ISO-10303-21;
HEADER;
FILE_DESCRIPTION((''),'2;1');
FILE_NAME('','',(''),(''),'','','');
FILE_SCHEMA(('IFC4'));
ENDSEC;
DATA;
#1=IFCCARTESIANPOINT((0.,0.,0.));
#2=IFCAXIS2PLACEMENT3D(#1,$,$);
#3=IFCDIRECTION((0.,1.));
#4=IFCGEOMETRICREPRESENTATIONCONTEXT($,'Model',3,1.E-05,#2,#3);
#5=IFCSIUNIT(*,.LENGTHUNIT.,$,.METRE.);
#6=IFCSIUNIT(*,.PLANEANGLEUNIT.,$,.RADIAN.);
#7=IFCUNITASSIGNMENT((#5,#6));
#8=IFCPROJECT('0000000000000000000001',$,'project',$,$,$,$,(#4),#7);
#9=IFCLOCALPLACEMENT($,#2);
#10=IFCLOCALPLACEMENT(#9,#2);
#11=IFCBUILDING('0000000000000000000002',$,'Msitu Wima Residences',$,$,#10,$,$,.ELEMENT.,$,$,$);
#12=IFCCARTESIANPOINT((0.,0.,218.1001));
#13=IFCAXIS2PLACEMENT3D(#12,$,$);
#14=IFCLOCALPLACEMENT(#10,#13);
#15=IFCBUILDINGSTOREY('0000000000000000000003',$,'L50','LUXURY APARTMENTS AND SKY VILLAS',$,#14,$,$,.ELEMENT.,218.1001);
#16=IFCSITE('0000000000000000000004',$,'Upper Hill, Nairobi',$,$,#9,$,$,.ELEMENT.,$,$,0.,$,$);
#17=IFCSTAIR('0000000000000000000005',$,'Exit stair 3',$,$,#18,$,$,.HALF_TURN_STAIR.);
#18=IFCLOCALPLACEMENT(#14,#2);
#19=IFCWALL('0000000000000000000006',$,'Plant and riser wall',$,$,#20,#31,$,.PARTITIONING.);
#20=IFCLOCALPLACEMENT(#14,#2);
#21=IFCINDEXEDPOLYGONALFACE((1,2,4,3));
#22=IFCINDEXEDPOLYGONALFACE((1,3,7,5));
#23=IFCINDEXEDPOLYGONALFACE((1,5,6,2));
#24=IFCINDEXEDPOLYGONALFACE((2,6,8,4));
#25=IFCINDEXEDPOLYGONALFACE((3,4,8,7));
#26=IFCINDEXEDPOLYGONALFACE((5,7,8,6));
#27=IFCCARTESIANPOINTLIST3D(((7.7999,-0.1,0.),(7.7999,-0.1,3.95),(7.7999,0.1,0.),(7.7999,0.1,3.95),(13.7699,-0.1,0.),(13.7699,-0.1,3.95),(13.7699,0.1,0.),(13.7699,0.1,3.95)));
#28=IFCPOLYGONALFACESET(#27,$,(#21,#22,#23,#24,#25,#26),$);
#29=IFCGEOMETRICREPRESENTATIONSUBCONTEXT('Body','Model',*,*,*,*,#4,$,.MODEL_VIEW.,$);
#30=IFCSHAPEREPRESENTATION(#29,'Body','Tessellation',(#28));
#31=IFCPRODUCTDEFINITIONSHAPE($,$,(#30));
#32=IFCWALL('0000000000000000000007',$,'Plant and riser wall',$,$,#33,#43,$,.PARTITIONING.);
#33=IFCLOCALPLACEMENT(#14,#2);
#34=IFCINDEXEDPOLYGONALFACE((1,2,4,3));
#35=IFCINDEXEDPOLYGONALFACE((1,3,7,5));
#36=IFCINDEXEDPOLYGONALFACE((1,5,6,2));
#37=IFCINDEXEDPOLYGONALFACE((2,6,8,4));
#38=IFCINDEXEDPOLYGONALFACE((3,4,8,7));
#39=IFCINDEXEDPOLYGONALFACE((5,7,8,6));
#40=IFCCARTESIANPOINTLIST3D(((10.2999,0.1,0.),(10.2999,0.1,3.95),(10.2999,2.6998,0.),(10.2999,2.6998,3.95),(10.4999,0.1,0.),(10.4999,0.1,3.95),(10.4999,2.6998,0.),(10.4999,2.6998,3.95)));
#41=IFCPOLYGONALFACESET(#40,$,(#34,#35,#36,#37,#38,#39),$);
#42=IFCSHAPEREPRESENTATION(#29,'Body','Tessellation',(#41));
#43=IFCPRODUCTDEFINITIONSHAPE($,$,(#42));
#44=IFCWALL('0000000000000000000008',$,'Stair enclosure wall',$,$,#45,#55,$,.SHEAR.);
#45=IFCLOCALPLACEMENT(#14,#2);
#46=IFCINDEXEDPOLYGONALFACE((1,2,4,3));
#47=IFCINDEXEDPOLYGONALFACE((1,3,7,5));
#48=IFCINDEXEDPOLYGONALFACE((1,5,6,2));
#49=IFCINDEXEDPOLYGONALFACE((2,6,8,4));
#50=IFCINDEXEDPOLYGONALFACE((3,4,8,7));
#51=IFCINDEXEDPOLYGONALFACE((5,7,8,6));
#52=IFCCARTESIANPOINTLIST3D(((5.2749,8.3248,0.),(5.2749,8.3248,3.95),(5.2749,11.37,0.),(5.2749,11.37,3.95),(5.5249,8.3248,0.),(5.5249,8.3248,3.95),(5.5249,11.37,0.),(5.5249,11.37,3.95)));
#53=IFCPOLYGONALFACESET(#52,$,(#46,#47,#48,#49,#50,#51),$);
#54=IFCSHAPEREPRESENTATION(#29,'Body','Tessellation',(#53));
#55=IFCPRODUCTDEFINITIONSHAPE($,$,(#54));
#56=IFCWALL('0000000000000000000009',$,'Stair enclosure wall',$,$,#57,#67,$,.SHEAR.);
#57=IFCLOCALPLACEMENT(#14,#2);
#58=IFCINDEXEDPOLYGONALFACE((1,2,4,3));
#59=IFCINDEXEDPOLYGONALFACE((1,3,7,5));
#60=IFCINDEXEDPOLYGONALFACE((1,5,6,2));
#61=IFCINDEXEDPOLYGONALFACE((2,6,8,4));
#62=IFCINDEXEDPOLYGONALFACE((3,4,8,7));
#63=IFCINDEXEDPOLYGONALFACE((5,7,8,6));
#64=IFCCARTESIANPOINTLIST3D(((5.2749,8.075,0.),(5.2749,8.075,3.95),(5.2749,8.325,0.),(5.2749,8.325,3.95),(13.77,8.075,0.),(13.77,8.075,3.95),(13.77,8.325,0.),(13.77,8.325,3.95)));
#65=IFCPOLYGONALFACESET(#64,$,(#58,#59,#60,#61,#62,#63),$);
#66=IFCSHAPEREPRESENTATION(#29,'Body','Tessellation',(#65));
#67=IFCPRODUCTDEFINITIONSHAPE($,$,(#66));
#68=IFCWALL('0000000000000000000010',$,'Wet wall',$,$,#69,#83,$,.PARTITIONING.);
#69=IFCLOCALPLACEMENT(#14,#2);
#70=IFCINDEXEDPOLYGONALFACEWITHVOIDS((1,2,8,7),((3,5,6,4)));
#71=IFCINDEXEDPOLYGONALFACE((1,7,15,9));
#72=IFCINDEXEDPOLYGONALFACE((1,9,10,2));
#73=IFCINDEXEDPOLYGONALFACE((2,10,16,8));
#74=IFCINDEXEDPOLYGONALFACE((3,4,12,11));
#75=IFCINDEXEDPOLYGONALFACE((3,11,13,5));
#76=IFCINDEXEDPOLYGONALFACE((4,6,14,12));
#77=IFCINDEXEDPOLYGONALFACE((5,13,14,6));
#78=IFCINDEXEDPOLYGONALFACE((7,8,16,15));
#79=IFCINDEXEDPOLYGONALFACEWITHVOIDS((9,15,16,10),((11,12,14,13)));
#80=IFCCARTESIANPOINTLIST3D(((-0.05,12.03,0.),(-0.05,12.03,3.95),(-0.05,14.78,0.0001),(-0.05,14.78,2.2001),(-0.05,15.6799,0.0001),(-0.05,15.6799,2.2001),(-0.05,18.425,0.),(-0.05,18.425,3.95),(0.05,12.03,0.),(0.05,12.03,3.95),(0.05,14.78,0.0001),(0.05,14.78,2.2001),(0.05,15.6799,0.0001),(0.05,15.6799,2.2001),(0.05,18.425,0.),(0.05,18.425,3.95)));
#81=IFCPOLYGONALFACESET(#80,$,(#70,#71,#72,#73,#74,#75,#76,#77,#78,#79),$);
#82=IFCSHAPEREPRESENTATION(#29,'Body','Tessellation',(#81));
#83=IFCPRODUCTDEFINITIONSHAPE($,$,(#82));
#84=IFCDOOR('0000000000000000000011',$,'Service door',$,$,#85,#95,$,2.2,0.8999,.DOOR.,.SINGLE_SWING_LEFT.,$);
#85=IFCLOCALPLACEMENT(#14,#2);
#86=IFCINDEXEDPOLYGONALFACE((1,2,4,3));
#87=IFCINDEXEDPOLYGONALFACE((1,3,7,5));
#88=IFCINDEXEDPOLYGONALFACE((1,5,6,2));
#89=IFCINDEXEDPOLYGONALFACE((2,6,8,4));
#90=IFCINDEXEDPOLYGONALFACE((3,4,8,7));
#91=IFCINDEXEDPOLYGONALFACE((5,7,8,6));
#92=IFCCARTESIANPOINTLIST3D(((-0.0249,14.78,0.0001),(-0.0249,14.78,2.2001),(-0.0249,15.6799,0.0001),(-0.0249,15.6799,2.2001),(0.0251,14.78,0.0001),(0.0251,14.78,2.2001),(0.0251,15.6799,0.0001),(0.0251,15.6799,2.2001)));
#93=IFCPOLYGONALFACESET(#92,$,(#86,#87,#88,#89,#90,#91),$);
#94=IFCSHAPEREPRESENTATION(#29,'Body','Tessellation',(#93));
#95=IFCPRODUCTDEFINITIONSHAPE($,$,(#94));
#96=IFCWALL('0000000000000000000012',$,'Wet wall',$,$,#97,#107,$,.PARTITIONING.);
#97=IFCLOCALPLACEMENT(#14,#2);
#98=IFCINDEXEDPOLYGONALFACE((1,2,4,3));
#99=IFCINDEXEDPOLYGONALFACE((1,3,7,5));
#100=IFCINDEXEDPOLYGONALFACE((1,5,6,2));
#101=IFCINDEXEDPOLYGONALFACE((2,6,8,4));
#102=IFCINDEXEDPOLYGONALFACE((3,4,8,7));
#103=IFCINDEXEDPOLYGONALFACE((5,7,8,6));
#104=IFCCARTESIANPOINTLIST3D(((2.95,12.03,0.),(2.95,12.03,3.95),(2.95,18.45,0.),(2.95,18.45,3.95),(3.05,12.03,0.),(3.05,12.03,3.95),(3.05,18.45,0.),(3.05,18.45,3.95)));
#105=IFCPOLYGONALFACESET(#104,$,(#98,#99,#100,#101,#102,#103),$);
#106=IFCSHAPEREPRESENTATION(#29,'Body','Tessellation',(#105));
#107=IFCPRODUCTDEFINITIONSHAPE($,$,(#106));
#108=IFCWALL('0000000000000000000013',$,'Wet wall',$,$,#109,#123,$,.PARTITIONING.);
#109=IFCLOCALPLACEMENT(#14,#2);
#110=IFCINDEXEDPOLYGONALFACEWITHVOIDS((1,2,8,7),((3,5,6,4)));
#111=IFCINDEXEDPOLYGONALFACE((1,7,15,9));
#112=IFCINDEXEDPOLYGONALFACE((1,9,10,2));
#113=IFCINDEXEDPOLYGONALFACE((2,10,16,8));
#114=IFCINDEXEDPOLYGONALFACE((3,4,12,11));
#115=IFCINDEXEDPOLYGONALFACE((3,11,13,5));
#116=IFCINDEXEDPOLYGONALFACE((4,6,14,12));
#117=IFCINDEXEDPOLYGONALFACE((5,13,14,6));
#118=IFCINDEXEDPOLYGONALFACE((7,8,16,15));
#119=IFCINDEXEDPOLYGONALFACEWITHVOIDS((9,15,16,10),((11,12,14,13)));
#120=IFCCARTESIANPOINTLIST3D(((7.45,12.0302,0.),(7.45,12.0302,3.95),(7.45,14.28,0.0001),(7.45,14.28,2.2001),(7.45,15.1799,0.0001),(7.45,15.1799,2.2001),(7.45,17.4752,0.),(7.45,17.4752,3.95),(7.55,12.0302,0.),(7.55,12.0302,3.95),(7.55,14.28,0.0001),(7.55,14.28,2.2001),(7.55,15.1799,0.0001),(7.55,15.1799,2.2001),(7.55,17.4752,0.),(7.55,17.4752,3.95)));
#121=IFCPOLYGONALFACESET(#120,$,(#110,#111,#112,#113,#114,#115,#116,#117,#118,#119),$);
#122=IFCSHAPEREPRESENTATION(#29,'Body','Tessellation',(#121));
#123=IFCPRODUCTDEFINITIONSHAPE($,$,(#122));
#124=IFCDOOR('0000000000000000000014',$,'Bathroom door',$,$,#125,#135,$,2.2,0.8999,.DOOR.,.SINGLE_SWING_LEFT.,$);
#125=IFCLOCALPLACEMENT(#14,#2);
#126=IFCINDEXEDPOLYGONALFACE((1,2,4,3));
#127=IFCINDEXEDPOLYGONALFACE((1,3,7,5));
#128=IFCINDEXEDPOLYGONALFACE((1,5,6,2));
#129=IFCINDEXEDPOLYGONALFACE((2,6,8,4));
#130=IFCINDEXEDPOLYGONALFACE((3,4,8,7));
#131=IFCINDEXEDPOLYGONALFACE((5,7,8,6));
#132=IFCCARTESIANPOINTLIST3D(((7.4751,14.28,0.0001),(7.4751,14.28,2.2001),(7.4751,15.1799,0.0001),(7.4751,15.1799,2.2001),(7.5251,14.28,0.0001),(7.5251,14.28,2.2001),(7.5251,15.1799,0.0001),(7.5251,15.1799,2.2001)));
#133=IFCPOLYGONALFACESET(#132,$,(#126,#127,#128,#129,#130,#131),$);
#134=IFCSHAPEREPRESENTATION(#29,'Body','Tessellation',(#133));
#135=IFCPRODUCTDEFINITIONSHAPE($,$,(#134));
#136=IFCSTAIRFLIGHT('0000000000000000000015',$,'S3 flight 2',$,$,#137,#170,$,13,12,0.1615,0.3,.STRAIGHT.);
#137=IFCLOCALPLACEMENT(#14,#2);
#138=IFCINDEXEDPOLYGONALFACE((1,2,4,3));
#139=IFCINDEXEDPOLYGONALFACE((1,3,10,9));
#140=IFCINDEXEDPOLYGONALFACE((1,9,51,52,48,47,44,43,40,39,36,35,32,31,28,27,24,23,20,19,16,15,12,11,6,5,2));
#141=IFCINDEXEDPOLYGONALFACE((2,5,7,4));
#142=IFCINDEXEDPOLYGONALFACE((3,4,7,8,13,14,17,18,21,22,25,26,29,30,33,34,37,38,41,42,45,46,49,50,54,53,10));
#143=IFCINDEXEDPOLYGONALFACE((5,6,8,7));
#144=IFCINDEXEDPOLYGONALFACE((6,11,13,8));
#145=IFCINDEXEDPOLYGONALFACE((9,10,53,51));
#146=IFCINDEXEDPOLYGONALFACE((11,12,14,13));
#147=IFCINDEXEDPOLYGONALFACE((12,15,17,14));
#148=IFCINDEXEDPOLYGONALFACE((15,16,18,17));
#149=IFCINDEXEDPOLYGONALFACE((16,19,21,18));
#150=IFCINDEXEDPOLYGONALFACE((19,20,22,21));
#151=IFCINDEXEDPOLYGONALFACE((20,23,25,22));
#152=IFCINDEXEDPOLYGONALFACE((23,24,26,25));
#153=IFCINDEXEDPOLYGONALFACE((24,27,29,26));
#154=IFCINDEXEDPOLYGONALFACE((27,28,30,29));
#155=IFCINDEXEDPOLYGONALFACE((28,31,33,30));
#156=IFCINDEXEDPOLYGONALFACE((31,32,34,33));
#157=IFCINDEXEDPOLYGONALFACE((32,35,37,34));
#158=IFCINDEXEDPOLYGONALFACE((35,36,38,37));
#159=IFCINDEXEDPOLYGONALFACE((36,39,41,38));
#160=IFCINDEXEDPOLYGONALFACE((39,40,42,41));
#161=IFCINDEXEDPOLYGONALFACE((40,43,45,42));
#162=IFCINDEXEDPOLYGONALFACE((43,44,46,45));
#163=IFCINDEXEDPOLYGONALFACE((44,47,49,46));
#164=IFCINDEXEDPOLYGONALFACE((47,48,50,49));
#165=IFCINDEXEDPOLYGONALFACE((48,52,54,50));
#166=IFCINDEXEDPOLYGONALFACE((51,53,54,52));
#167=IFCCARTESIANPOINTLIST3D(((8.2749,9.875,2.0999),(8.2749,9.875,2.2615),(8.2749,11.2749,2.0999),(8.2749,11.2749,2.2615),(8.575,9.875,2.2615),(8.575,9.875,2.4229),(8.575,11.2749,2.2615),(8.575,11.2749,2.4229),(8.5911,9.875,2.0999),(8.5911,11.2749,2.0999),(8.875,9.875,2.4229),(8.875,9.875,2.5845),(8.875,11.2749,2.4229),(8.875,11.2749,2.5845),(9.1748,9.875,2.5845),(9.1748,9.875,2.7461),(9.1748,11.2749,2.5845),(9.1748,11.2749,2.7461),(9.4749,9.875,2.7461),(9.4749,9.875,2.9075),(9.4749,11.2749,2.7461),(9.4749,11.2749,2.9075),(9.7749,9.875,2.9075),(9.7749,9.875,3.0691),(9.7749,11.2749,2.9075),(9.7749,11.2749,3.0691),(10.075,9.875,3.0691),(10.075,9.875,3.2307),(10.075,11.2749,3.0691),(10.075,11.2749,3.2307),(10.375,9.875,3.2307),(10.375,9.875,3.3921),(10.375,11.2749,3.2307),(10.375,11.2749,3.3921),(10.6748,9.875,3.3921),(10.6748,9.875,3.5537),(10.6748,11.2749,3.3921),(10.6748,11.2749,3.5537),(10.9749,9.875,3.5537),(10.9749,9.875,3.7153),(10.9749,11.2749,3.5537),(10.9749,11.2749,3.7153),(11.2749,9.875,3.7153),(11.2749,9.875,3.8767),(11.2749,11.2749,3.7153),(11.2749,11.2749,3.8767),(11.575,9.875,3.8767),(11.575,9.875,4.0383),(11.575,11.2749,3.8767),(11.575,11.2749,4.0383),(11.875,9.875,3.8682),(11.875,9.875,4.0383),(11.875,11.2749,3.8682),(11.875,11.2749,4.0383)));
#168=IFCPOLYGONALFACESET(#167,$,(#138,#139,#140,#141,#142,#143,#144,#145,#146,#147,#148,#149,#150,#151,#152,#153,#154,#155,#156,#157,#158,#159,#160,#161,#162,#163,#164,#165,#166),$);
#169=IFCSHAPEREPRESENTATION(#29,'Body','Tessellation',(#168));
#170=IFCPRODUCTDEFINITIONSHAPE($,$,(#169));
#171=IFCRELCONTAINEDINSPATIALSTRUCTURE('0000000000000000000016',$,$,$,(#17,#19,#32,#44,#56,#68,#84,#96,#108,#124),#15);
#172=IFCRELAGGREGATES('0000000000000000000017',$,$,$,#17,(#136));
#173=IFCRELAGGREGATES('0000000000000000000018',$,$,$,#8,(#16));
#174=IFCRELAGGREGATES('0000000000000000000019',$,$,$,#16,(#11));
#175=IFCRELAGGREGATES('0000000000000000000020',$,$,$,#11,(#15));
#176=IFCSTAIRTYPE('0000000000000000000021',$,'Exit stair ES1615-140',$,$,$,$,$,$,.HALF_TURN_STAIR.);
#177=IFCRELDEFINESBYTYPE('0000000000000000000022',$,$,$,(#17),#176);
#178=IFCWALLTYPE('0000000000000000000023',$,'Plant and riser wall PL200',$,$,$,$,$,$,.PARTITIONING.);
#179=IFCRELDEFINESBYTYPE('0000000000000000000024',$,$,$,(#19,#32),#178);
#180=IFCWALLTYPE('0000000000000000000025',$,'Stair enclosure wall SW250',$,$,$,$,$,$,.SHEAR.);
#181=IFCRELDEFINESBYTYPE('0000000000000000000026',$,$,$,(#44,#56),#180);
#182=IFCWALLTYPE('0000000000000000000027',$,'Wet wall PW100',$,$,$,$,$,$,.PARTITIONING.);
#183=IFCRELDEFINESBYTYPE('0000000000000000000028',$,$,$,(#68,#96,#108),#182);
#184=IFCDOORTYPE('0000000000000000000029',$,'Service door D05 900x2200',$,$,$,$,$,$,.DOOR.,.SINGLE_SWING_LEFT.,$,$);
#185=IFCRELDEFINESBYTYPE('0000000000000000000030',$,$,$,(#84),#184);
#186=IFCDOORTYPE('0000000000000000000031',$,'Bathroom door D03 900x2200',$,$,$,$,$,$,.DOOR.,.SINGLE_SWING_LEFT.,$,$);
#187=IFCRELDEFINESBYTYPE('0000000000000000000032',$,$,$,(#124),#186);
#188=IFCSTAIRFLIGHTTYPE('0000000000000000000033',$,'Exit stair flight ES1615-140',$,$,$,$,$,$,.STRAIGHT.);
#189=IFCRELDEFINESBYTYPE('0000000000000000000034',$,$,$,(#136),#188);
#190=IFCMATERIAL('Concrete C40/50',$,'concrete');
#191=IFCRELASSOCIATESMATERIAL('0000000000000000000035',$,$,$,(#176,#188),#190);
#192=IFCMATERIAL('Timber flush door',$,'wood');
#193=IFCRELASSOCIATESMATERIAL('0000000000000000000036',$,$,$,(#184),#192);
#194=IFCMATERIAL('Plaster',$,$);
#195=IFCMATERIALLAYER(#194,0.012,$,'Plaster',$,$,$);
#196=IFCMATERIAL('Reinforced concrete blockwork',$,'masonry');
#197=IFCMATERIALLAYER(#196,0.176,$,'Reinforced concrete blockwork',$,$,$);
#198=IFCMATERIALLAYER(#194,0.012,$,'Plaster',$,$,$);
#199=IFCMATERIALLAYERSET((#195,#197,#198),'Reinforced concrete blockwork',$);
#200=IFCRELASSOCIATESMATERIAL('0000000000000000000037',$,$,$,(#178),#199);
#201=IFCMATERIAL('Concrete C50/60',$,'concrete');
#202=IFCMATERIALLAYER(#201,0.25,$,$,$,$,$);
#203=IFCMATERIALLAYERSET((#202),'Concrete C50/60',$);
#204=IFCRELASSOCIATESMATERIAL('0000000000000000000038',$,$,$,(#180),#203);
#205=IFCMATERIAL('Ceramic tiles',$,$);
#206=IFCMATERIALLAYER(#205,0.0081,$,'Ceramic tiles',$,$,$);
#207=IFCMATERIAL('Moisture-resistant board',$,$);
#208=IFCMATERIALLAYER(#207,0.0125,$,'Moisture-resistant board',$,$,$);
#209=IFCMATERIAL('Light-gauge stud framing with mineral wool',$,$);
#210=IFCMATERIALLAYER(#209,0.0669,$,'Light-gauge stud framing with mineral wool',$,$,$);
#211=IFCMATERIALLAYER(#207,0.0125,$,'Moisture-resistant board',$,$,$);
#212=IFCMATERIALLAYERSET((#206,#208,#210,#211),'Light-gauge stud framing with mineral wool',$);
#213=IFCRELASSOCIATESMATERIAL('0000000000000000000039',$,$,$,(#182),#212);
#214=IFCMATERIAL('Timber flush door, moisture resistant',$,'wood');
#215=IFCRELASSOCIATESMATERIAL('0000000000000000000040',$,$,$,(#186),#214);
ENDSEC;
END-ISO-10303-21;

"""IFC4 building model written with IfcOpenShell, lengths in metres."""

from ifc_helpers import new_model, si_unit, direction, frame, frame_2d, origin, place, context, subcontext, project, spatial, polyline, rectangle, outline, extrude, material, layer, layer_set, type_object, element, fill, aggregate, save


model = new_model("IFC4")

# Units and contexts
model_context = context("Model", 3, precision=1e-05, world=origin(), true_north=direction((0.0, 1.0)))
body_context = subcontext(model_context, "Body", "Model", "MODEL_VIEW")
ifc_project = project(units=[si_unit("LENGTHUNIT", "METRE"), si_unit("PLANEANGLEUNIT", "RADIAN")], contexts=[model_context])

# Site, building, storey
site_placement = place(None, origin())
site = spatial("IfcSite", under=ifc_project, at=site_placement, Name="Upper Hill, Nairobi", CompositionType="ELEMENT", RefElevation=0.0)
building_placement = place(site_placement, origin())
building = spatial("IfcBuilding", under=site, at=building_placement, Name="Msitu Wima Residences", CompositionType="ELEMENT")
storey_placement = place(building_placement, frame((0.0, 0.0, 218.1001)))
storey = spatial("IfcBuildingStorey", under=building, at=storey_placement, Name="L50", Description="LUXURY APARTMENTS AND SKY VILLAS", CompositionType="ELEMENT", Elevation=218.1001)

# Shared definitions
ifc_material_1 = material(Name="Concrete C40/50", Category="concrete")

# Stair
stair_type = type_object("IfcStairType", Name="Exit stair ES1615-140", PredefinedType="HALF_TURN_STAIR", material=ifc_material_1)
stair_1_placement = place(storey_placement, origin())
stair_1 = element("IfcStair", 1, at=stair_1_placement, inside=storey, type_object=stair_type, Name="Exit stair 3", PredefinedType="HALF_TURN_STAIR")

# Shared definitions
ifc_material_2 = material(Name="Plaster")
ifc_material_3 = material(Name="Timber flush door", Category="wood")
door_type_1 = type_object("IfcDoorType", Name="Service door D05 900x2200", OperationType="SINGLE_SWING_LEFT", PredefinedType="DOOR", material=ifc_material_3)

# Walls
ifc_layer_1 = layer(ifc_material_2, 0.012, Name="Plaster")
ifc_material_4 = material(Name="Reinforced concrete blockwork", Category="masonry")
ifc_layer_2 = layer(ifc_material_4, 0.176, Name="Reinforced concrete blockwork")
ifc_layer_3 = layer(ifc_material_2, 0.012, Name="Plaster")
ifc_layer_set_1 = layer_set([ifc_layer_1, ifc_layer_2, ifc_layer_3], Name="Reinforced concrete blockwork")
wall_type_1 = type_object("IfcWallType", Name="Plant and riser wall PL200", PredefinedType="PARTITIONING", material=ifc_layer_set_1)
wall_1_placement = place(storey_placement, frame((7.8, 0.0, 0.0), z_axis=(0.0, 0.0, 1.0), x_axis=(1.0, 0.0, 0.0)))
element("IfcWall", 2, at=wall_1_placement, inside=storey, type_object=wall_type_1, Name="Plant and riser wall", PredefinedType="PARTITIONING", context=body_context, shape_type="SweptSolid", body=[
    extrude(rectangle(XDim=5.97, YDim=0.2, at=frame_2d((2.9849, 0.0))), origin(), (0.0, 0.0, 1.0), 3.95),
])
wall_2_placement = place(storey_placement, frame((10.3999, 0.1001, 0.0), z_axis=(0.0, 0.0, 1.0), x_axis=(0.0, 1.0, 0.0)))
element("IfcWall", 3, at=wall_2_placement, inside=storey, type_object=wall_type_1, Name="Plant and riser wall", PredefinedType="PARTITIONING", context=body_context, shape_type="SweptSolid", body=[
    extrude(rectangle(XDim=2.5999, YDim=0.2, at=frame_2d((1.2998, 0.0))), origin(), (0.0, 0.0, 1.0), 3.95),
])
ifc_material_5 = material(Name="Concrete C50/60", Category="concrete")
ifc_layer_4 = layer(ifc_material_5, 0.25)
ifc_layer_set_2 = layer_set([ifc_layer_4], Name="Concrete C50/60")
wall_type_2 = type_object("IfcWallType", Name="Stair enclosure wall SW250", PredefinedType="SHEAR", material=ifc_layer_set_2)
wall_3_placement = place(storey_placement, frame((5.3999, 8.325, 0.0), z_axis=(0.0, 0.0, 1.0), x_axis=(0.0, 1.0, 0.0)))
element("IfcWall", 4, at=wall_3_placement, inside=storey, type_object=wall_type_2, Name="Stair enclosure wall", PredefinedType="SHEAR", context=body_context, shape_type="SweptSolid", body=[
    extrude(rectangle(XDim=3.0452, YDim=0.25, at=frame_2d((1.5225, 0.0))), origin(), (0.0, 0.0, 1.0), 3.95),
])
wall_4_placement = place(storey_placement, frame((5.2749, 8.2, 0.0), z_axis=(0.0, 0.0, 1.0), x_axis=(1.0, 0.0, 0.0)))
element("IfcWall", 5, at=wall_4_placement, inside=storey, type_object=wall_type_2, Name="Stair enclosure wall", PredefinedType="SHEAR", context=body_context, shape_type="SweptSolid", body=[
    extrude(rectangle(XDim=8.4951, YDim=0.25, at=frame_2d((4.2476, 0.0))), origin(), (0.0, 0.0, 1.0), 3.95),
])

# Wall, opening, door
ifc_material_6 = material(Name="Ceramic tiles")
ifc_layer_5 = layer(ifc_material_6, 0.0081, Name="Ceramic tiles")
ifc_material_7 = material(Name="Moisture-resistant board")
ifc_layer_6 = layer(ifc_material_7, 0.0125, Name="Moisture-resistant board")
ifc_material_8 = material(Name="Light-gauge stud framing with mineral wool")
ifc_layer_7 = layer(ifc_material_8, 0.0669, Name="Light-gauge stud framing with mineral wool")
ifc_layer_8 = layer(ifc_material_7, 0.0125, Name="Moisture-resistant board")
ifc_layer_set_3 = layer_set([ifc_layer_5, ifc_layer_6, ifc_layer_7, ifc_layer_8], Name="Light-gauge stud framing with mineral wool")
wall_type_3 = type_object("IfcWallType", Name="Wet wall PW100", PredefinedType="PARTITIONING", material=ifc_layer_set_3)
wall_5_placement = place(storey_placement, frame((0.0, 12.03, 0.0), z_axis=(0.0, 0.0, 1.0), x_axis=(0.0, 1.0, 0.0)))
wall_5 = element("IfcWall", 6, at=wall_5_placement, inside=storey, type_object=wall_type_3, Name="Wet wall", PredefinedType="PARTITIONING", context=body_context, shape_type="SweptSolid", body=[
    extrude(rectangle(XDim=6.395, YDim=0.1001, at=frame_2d((3.1975, 0.0))), origin(), (0.0, 0.0, 1.0), 3.95),
])
opening_1_placement = place(wall_5_placement, frame((2.75, 0.0, 0.0)))
opening_1 = element("IfcOpeningElement", 7, at=opening_1_placement, cuts=wall_5, PredefinedType="OPENING", context=body_context, shape_type="SweptSolid", body=[
    extrude(rectangle(XDim=0.8999, YDim=2.2, at=frame_2d((0.45, 1.1001))), frame((0.0, 0.0601, 0.0), z_axis=(0.0, -1.0, 0.0), x_axis=(1.0, 0.0, 0.0)), (0.0, 0.0, 1.0), 0.1201),
])
door_1_placement = place(opening_1_placement, origin())
door_1 = element("IfcDoor", 8, at=door_1_placement, inside=storey, type_object=door_type_1, Name="Service door", OperationType="SINGLE_SWING_LEFT", OverallHeight=2.2, OverallWidth=0.8999, PredefinedType="DOOR", context=body_context, shape_type="SweptSolid", body=[
    extrude(rectangle(XDim=0.8999, YDim=2.2, at=frame_2d((0.45, 1.1001))), frame((0.0, 0.0249, 0.0), z_axis=(0.0, -1.0, 0.0), x_axis=(1.0, 0.0, 0.0)), (0.0, 0.0, 1.0), 0.05),
])
fill(opening_1, door_1)

# Wall
wall_6_placement = place(storey_placement, frame((3.0, 12.03, 0.0), z_axis=(0.0, 0.0, 1.0), x_axis=(0.0, 1.0, 0.0)))
element("IfcWall", 9, at=wall_6_placement, inside=storey, type_object=wall_type_3, Name="Wet wall", PredefinedType="PARTITIONING", context=body_context, shape_type="SweptSolid", body=[
    extrude(rectangle(XDim=6.4199, YDim=0.1001, at=frame_2d((3.21, 0.0))), origin(), (0.0, 0.0, 1.0), 3.95),
])

# Wall, opening, door
wall_7_placement = place(storey_placement, frame((7.5, 12.03, 0.0), z_axis=(0.0, 0.0, 1.0), x_axis=(0.0, 1.0, 0.0)))
wall_7 = element("IfcWall", 10, at=wall_7_placement, inside=storey, type_object=wall_type_3, Name="Wet wall", PredefinedType="PARTITIONING", context=body_context, shape_type="SweptSolid", body=[
    extrude(rectangle(XDim=5.4451, YDim=0.1001, at=frame_2d((2.7227, 0.0))), origin(), (0.0, 0.0, 1.0), 3.95),
])
opening_2_placement = place(wall_7_placement, frame((2.25, 0.0, 0.0)))
opening_2 = element("IfcOpeningElement", 11, at=opening_2_placement, cuts=wall_7, PredefinedType="OPENING", context=body_context, shape_type="SweptSolid", body=[
    extrude(rectangle(XDim=0.8999, YDim=2.2, at=frame_2d((0.45, 1.1001))), frame((0.0, 0.0601, 0.0), z_axis=(0.0, -1.0, 0.0), x_axis=(1.0, 0.0, 0.0)), (0.0, 0.0, 1.0), 0.1201),
])
ifc_material_9 = material(Name="Timber flush door, moisture resistant", Category="wood")
door_type_2 = type_object("IfcDoorType", Name="Bathroom door D03 900x2200", OperationType="SINGLE_SWING_LEFT", PredefinedType="DOOR", material=ifc_material_9)
door_2_placement = place(opening_2_placement, origin())
door_2 = element("IfcDoor", 12, at=door_2_placement, inside=storey, type_object=door_type_2, Name="Bathroom door", OperationType="SINGLE_SWING_LEFT", OverallHeight=2.2, OverallWidth=0.8999, PredefinedType="DOOR", context=body_context, shape_type="SweptSolid", body=[
    extrude(rectangle(XDim=0.8999, YDim=2.2, at=frame_2d((0.45, 1.1001))), frame((0.0, 0.0249, 0.0), z_axis=(0.0, -1.0, 0.0), x_axis=(1.0, 0.0, 0.0)), (0.0, 0.0, 1.0), 0.05),
])
fill(opening_2, door_2)

# Stair flight
stair_flight_type = type_object("IfcStairFlightType", Name="Exit stair flight ES1615-140", PredefinedType="STRAIGHT", material=ifc_material_1)
stair_flight_placement = place(storey_placement, frame((8.2749, 10.575, 2.0999), z_axis=(0.0, 0.0, 1.0), x_axis=(1.0, 0.0, 0.0)))
stair_flight = element("IfcStairFlight", 13, at=stair_flight_placement, type_object=stair_flight_type, Name="S3 flight 2", NumberOfRisers=13, NumberOfTreads=12, PredefinedType="STRAIGHT", RiserHeight=0.1615, TreadLength=0.3, context=body_context, shape_type="SweptSolid", body=[
    extrude(outline(polyline([(0.0, 0.0), (0.0, 0.1616), (0.3, 0.1616), (0.3, 0.323), (0.6001, 0.323), (0.6001, 0.4846), (0.8999, 0.4846), (0.8999, 0.6462), (1.2, 0.6462), (1.2, 0.8076), (1.5, 0.8076), (1.5, 0.9692), (1.8, 0.9692), (1.8, 1.1309), (2.1001, 1.1309), (2.1001, 1.2922), (2.3999, 1.2922), (2.3999, 1.4539), (2.7, 1.4539), (2.7, 1.6155), (3.0, 1.6155), (3.0, 1.7769), (3.3, 1.7769), (3.3, 1.9385), (3.6001, 1.9385), (3.6001, 2.1001), (3.6001, 1.7683), (0.3162, 0.0), (0.0, 0.0)])), frame((0.0, 0.7, 0.0), z_axis=(0.0, -1.0, 0.0), x_axis=(1.0, 0.0, 0.0)), (0.0, 0.0, 1.0), 1.3999),
])
aggregate(stair_1, [stair_flight])

save(model, "model.ifc")
